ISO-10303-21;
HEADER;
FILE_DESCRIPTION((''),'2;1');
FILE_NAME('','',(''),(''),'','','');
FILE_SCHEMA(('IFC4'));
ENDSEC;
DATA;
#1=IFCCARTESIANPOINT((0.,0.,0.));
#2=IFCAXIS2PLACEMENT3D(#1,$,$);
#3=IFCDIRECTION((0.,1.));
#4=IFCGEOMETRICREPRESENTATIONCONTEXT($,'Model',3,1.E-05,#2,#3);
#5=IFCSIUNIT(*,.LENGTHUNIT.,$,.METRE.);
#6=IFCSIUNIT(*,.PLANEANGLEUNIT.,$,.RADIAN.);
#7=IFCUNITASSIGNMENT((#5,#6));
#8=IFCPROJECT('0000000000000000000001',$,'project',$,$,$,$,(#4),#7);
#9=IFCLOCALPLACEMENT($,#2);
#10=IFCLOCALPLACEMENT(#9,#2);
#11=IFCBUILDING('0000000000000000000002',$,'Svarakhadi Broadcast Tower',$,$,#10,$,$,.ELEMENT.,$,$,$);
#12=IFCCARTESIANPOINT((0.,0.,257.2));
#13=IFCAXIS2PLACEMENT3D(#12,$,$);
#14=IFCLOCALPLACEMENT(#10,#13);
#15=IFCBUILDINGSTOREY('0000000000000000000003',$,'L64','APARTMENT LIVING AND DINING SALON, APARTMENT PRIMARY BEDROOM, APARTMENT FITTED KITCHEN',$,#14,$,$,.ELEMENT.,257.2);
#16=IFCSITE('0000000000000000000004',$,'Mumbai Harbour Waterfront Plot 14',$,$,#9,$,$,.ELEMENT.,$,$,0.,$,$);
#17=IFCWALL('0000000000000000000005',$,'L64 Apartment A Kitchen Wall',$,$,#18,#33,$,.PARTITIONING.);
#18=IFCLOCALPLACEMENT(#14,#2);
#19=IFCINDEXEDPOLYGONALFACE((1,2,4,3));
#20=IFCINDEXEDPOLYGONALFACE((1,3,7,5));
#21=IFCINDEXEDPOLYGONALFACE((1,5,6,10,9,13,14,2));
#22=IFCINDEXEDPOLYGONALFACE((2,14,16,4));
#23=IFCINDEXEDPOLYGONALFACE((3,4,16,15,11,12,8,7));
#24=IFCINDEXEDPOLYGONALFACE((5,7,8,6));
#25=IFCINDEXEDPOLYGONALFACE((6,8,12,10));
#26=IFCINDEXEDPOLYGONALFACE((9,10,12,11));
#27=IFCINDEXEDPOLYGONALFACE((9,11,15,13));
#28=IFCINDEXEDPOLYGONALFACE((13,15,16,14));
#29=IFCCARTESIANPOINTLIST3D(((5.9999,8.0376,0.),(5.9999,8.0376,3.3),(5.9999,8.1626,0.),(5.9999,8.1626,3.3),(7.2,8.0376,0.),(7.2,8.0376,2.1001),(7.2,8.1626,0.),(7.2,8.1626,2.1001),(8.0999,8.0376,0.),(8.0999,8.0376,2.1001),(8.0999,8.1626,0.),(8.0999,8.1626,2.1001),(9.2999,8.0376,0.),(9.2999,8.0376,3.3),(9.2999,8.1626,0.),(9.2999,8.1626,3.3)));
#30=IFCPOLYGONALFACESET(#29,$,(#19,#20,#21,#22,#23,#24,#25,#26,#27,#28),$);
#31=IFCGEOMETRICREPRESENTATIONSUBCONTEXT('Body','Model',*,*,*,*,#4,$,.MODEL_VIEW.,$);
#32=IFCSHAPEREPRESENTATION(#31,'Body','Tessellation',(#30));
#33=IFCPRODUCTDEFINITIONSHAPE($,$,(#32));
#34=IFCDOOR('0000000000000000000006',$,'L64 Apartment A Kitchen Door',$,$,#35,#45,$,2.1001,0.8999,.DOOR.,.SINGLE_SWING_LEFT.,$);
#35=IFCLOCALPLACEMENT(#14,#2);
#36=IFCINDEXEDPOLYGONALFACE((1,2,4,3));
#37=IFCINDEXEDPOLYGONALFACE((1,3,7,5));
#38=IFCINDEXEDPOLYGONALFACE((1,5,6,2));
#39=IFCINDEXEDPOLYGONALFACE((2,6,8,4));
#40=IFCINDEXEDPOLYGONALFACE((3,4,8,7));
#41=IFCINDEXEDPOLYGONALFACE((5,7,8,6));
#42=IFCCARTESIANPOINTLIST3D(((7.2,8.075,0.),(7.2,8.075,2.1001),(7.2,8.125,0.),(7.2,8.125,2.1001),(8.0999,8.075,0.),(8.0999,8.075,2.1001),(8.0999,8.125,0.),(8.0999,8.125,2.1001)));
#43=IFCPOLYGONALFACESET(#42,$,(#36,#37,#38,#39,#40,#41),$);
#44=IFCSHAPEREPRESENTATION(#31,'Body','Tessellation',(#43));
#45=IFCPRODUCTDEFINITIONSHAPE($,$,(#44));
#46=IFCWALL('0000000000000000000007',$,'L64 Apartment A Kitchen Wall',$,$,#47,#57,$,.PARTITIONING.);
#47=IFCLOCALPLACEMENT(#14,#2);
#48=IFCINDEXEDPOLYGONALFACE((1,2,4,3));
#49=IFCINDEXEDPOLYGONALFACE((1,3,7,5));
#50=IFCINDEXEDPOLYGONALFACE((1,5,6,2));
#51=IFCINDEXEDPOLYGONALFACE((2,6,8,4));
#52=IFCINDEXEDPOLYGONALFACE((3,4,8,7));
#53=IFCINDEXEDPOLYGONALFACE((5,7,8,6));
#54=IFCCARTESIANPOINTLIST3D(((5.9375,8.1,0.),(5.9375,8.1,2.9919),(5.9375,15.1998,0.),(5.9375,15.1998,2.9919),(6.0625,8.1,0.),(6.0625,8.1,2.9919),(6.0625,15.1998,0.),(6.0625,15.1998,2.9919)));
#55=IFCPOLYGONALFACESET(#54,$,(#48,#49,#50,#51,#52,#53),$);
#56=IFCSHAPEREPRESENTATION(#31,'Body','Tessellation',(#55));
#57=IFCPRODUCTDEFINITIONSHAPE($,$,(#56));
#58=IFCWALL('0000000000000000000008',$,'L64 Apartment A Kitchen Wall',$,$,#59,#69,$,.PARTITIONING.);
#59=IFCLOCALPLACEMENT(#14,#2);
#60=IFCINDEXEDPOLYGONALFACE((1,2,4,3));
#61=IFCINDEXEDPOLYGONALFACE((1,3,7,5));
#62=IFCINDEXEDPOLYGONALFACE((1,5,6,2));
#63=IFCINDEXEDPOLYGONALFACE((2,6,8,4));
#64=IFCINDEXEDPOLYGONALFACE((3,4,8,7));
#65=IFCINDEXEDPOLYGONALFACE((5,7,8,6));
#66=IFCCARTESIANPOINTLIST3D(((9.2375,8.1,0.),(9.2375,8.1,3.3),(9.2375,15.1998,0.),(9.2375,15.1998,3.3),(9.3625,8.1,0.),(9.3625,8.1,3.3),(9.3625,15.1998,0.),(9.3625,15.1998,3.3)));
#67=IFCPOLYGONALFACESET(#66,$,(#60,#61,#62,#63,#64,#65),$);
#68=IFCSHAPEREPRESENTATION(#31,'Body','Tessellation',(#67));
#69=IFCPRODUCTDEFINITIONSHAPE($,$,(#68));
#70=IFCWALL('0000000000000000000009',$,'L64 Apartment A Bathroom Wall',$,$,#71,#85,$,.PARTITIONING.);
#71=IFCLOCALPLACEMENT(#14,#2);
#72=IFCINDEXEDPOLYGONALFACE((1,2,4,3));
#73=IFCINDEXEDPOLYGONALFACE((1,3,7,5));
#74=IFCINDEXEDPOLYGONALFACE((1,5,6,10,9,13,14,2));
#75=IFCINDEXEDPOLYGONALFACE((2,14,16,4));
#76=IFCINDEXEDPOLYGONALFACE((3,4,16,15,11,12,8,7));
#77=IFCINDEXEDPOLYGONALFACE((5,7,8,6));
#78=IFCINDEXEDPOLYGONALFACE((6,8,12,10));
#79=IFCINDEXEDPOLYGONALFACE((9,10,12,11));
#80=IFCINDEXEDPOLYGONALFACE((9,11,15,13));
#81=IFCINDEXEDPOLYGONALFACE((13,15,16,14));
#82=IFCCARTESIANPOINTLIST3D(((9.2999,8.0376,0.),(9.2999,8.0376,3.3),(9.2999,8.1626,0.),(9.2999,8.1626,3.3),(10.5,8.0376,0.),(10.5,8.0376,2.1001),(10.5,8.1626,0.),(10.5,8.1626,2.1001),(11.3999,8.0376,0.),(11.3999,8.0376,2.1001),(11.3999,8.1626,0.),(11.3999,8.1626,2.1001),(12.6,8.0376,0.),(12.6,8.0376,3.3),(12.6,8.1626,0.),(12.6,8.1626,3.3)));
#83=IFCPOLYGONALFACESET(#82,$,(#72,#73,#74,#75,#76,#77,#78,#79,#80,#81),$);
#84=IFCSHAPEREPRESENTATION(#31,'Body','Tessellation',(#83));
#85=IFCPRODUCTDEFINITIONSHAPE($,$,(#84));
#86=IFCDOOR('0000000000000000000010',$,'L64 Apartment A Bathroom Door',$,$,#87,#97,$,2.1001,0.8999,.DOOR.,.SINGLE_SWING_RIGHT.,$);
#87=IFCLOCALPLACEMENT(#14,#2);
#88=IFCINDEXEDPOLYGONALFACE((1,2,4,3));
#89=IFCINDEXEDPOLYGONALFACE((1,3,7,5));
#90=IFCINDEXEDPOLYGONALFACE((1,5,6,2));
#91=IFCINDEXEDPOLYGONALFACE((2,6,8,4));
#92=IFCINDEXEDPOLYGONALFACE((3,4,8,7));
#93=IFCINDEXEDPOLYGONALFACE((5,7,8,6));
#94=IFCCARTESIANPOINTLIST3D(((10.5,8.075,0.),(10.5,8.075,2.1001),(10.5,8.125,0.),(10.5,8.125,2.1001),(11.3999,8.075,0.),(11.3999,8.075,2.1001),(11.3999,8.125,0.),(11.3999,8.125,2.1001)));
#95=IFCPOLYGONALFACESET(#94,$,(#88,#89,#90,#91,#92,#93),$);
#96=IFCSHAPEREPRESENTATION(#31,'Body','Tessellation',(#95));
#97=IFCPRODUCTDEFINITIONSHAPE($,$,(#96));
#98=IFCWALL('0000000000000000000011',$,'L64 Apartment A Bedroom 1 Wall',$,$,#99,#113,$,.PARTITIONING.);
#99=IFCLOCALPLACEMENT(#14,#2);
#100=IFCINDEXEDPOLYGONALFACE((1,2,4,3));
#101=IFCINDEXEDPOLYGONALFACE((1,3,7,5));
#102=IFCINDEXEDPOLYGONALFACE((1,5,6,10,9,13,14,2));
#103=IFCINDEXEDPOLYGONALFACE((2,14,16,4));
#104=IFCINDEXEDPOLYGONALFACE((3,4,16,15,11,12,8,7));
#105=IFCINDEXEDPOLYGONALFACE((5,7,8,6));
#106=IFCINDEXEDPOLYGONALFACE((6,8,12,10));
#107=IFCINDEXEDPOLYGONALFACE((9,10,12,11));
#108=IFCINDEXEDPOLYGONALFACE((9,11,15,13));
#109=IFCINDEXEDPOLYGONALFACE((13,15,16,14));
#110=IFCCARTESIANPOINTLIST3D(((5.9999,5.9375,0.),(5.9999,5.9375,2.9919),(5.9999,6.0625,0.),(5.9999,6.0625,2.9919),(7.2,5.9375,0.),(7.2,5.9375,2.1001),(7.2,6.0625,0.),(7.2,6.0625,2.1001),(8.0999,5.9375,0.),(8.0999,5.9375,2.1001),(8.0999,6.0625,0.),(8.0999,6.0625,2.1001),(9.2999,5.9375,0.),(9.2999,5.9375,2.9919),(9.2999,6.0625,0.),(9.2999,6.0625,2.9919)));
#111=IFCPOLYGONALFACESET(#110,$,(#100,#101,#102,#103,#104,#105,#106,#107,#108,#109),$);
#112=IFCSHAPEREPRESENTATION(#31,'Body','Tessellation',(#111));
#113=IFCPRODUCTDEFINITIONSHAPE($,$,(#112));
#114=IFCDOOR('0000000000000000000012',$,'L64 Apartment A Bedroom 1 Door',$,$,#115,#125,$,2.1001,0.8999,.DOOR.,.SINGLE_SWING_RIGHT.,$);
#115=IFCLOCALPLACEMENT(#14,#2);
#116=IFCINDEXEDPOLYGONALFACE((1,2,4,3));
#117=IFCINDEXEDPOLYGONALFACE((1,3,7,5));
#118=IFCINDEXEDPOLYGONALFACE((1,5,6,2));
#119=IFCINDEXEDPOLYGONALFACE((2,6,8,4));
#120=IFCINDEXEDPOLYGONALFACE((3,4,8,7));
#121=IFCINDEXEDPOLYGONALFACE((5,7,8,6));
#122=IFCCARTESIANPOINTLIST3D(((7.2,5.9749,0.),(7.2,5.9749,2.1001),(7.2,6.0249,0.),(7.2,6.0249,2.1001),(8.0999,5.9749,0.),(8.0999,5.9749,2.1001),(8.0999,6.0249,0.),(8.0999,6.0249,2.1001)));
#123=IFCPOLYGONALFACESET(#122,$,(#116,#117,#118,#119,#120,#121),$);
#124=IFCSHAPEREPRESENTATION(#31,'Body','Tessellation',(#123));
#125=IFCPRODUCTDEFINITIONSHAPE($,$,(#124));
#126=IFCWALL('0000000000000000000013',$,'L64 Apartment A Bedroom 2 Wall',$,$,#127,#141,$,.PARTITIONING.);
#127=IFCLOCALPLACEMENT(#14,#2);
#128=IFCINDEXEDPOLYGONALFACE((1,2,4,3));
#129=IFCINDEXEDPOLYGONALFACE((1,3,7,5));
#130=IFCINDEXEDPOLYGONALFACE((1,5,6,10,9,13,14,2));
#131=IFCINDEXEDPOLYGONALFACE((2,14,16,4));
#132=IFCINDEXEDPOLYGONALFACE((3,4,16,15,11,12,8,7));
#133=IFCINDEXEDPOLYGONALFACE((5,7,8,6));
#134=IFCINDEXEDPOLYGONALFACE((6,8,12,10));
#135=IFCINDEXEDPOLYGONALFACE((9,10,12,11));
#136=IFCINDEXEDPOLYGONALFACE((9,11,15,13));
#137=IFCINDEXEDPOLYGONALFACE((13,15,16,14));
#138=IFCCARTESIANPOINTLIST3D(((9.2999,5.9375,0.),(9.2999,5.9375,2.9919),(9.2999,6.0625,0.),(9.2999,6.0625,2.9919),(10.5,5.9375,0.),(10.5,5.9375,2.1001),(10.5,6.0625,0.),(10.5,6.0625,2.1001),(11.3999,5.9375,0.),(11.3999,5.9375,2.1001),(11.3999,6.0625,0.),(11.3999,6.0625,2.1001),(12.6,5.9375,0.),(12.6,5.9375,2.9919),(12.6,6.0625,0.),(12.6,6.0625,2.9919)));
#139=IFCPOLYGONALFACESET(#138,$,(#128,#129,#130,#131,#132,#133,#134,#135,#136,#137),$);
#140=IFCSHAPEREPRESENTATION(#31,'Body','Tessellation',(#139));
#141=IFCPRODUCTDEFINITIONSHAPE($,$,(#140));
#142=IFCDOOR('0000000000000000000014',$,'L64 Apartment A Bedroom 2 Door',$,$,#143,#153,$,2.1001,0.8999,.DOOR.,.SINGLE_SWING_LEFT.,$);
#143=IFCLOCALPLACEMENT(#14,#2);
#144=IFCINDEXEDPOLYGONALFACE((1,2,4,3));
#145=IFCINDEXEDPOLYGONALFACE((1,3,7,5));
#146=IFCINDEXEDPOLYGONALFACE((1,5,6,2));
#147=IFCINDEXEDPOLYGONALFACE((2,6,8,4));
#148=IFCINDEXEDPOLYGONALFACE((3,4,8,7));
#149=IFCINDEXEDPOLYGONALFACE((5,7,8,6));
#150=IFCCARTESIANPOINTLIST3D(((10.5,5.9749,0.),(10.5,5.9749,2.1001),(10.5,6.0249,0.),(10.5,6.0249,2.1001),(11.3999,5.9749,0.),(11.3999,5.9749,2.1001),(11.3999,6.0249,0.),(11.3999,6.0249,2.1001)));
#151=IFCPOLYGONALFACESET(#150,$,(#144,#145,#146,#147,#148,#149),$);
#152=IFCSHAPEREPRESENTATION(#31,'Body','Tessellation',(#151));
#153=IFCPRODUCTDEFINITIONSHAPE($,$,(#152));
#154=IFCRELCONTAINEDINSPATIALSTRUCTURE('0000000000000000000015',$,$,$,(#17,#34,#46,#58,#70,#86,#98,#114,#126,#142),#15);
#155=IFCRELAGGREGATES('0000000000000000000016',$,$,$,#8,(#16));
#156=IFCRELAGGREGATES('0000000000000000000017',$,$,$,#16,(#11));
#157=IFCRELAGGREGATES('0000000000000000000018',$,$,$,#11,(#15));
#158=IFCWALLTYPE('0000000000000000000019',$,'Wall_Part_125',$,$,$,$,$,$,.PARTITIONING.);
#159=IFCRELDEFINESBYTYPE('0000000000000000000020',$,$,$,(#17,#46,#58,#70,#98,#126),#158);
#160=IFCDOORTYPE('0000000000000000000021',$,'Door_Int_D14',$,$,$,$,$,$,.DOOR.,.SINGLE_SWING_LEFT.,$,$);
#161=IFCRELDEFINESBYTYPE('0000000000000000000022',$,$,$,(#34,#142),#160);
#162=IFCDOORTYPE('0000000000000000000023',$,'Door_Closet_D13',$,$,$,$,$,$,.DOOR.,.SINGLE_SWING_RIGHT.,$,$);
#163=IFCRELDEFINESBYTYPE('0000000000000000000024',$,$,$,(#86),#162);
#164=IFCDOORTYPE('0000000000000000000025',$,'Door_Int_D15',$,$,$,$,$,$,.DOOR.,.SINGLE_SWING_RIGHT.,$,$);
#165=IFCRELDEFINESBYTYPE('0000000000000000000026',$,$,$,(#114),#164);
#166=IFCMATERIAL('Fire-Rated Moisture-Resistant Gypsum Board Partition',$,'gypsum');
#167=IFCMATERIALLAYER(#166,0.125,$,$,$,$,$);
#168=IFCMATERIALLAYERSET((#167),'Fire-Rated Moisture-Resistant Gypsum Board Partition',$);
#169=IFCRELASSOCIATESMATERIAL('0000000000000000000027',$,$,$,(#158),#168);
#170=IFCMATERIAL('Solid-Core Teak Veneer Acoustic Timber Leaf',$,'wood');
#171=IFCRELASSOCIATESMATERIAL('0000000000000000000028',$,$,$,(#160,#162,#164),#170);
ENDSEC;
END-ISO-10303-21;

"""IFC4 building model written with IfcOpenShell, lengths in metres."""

from ifc_helpers import new_model, si_unit, direction, frame, frame_2d, origin, place, context, subcontext, project, spatial, rectangle, extrude, material, layer, layer_set, type_object, element, fill, save


model = new_model("IFC4")

# Units and contexts
model_context = context("Model", 3, precision=1e-05, world=origin(), true_north=direction((0.0, 1.0)))
body_context = subcontext(model_context, "Body", "Model", "MODEL_VIEW")
ifc_project = project(units=[si_unit("LENGTHUNIT", "METRE"), si_unit("PLANEANGLEUNIT", "RADIAN")], contexts=[model_context])

# Site, building, storey
site_placement = place(None, origin())
site = spatial("IfcSite", under=ifc_project, at=site_placement, Name="Mumbai Harbour Waterfront Plot 14", CompositionType="ELEMENT", RefElevation=0.0)
building_placement = place(site_placement, origin())
building = spatial("IfcBuilding", under=site, at=building_placement, Name="Svarakhadi Broadcast Tower", CompositionType="ELEMENT")
storey_placement = place(building_placement, frame((0.0, 0.0, 257.2)))
storey = spatial("IfcBuildingStorey", under=building, at=storey_placement, Name="L64", Description="APARTMENT LIVING AND DINING SALON, APARTMENT PRIMARY BEDROOM, APARTMENT FITTED KITCHEN", CompositionType="ELEMENT", Elevation=257.2)

# Wall, opening, door
ifc_material_1 = material(Name="Fire-Rated Moisture-Resistant Gypsum Board Partition", Category="gypsum")
ifc_layer_1 = layer(ifc_material_1, 0.125)
ifc_layer_set_1 = layer_set([ifc_layer_1], Name="Fire-Rated Moisture-Resistant Gypsum Board Partition")
wall_type_1 = type_object("IfcWallType", Name="Wall_Part_125", PredefinedType="PARTITIONING", material=ifc_layer_set_1)
wall_1_placement = place(storey_placement, frame((6.0, 8.1001, 0.0), z_axis=(0.0, 0.0, 1.0), x_axis=(1.0, 0.0, 0.0)))
wall_1 = element("IfcWall", 1, at=wall_1_placement, inside=storey, type_object=wall_type_1, Name="L64 Apartment A Kitchen Wall", PredefinedType="PARTITIONING", context=body_context, shape_type="SweptSolid", body=[
    extrude(rectangle(XDim=3.3, YDim=0.125, at=frame_2d((1.6499, 0.0))), origin(), (0.0, 0.0, 1.0), 3.3),
])
opening_1_placement = place(wall_1_placement, frame((1.2, 0.0, 0.0)))
opening_1 = element("IfcOpeningElement", 2, at=opening_1_placement, cuts=wall_1, PredefinedType="OPENING", context=body_context, shape_type="SweptSolid", body=[
    extrude(rectangle(XDim=0.8999, YDim=2.1001, at=frame_2d((0.45, 1.05))), frame((0.0, 0.0725, 0.0), z_axis=(0.0, -1.0, 0.0), x_axis=(1.0, 0.0, 0.0)), (0.0, 0.0, 1.0), 0.145),
])
ifc_material_2 = material(Name="Solid-Core Teak Veneer Acoustic Timber Leaf", Category="wood")
door_type_1 = type_object("IfcDoorType", Name="Door_Int_D14", OperationType="SINGLE_SWING_LEFT", PredefinedType="DOOR", material=ifc_material_2)
door_1_placement = place(opening_1_placement, origin())
door_1 = element("IfcDoor", 3, at=door_1_placement, inside=storey, type_object=door_type_1, Name="L64 Apartment A Kitchen Door", OperationType="SINGLE_SWING_LEFT", OverallHeight=2.1001, OverallWidth=0.8999, PredefinedType="DOOR", context=body_context, shape_type="SweptSolid", body=[
    extrude(rectangle(XDim=0.8999, YDim=2.1001, at=frame_2d((0.45, 1.05))), frame((0.0, 0.0249, 0.0), z_axis=(0.0, -1.0, 0.0), x_axis=(1.0, 0.0, 0.0)), (0.0, 0.0, 1.0), 0.05),
])
fill(opening_1, door_1)

# Walls
wall_2_placement = place(storey_placement, frame((6.0, 8.1001, 0.0), z_axis=(0.0, 0.0, 1.0), x_axis=(0.0, 1.0, 0.0)))
element("IfcWall", 4, at=wall_2_placement, inside=storey, type_object=wall_type_1, Name="L64 Apartment A Kitchen Wall", PredefinedType="PARTITIONING", context=body_context, shape_type="SweptSolid", body=[
    extrude(rectangle(XDim=7.0999, YDim=0.125, at=frame_2d((3.5498, 0.0))), origin(), (0.0, 0.0, 1.0), 2.9919),
])
wall_3_placement = place(storey_placement, frame((9.3, 8.1001, 0.0), z_axis=(0.0, 0.0, 1.0), x_axis=(0.0, 1.0, 0.0)))
element("IfcWall", 5, at=wall_3_placement, inside=storey, type_object=wall_type_1, Name="L64 Apartment A Kitchen Wall", PredefinedType="PARTITIONING", context=body_context, shape_type="SweptSolid", body=[
    extrude(rectangle(XDim=7.0999, YDim=0.125, at=frame_2d((3.5498, 0.0))), origin(), (0.0, 0.0, 1.0), 3.3),
])

# Walls, openings, doors
wall_4_placement = place(storey_placement, frame((9.3, 8.1001, 0.0), z_axis=(0.0, 0.0, 1.0), x_axis=(1.0, 0.0, 0.0)))
wall_4 = element("IfcWall", 6, at=wall_4_placement, inside=storey, type_object=wall_type_1, Name="L64 Apartment A Bathroom Wall", PredefinedType="PARTITIONING", context=body_context, shape_type="SweptSolid", body=[
    extrude(rectangle(XDim=3.3, YDim=0.125, at=frame_2d((1.6499, 0.0))), origin(), (0.0, 0.0, 1.0), 3.3),
])
opening_2_placement = place(wall_4_placement, frame((1.2, 0.0, 0.0)))
opening_2 = element("IfcOpeningElement", 7, at=opening_2_placement, cuts=wall_4, PredefinedType="OPENING", context=body_context, shape_type="SweptSolid", body=[
    extrude(rectangle(XDim=0.8999, YDim=2.1001, at=frame_2d((0.45, 1.05))), frame((0.0, 0.0725, 0.0), z_axis=(0.0, -1.0, 0.0), x_axis=(1.0, 0.0, 0.0)), (0.0, 0.0, 1.0), 0.145),
])
door_type_2 = type_object("IfcDoorType", Name="Door_Closet_D13", OperationType="SINGLE_SWING_RIGHT", PredefinedType="DOOR", material=ifc_material_2)
door_2_placement = place(opening_2_placement, origin())
door_2 = element("IfcDoor", 8, at=door_2_placement, inside=storey, type_object=door_type_2, Name="L64 Apartment A Bathroom Door", OperationType="SINGLE_SWING_RIGHT", OverallHeight=2.1001, OverallWidth=0.8999, PredefinedType="DOOR", context=body_context, shape_type="SweptSolid", body=[
    extrude(rectangle(XDim=0.8999, YDim=2.1001, at=frame_2d((0.45, 1.05))), frame((0.0, 0.0249, 0.0), z_axis=(0.0, -1.0, 0.0), x_axis=(1.0, 0.0, 0.0)), (0.0, 0.0, 1.0), 0.05),
])
fill(opening_2, door_2)
wall_5_placement = place(storey_placement, frame((6.0, 6.0, 0.0), z_axis=(0.0, 0.0, 1.0), x_axis=(1.0, 0.0, 0.0)))
wall_5 = element("IfcWall", 9, at=wall_5_placement, inside=storey, type_object=wall_type_1, Name="L64 Apartment A Bedroom 1 Wall", PredefinedType="PARTITIONING", context=body_context, shape_type="SweptSolid", body=[
    extrude(rectangle(XDim=3.3, YDim=0.125, at=frame_2d((1.6499, 0.0))), origin(), (0.0, 0.0, 1.0), 2.9919),
])
opening_3_placement = place(wall_5_placement, frame((1.2, 0.0, 0.0)))
opening_3 = element("IfcOpeningElement", 10, at=opening_3_placement, cuts=wall_5, PredefinedType="OPENING", context=body_context, shape_type="SweptSolid", body=[
    extrude(rectangle(XDim=0.8999, YDim=2.1001, at=frame_2d((0.45, 1.05))), frame((0.0, 0.0725, 0.0), z_axis=(0.0, -1.0, 0.0), x_axis=(1.0, 0.0, 0.0)), (0.0, 0.0, 1.0), 0.145),
])
door_type_3 = type_object("IfcDoorType", Name="Door_Int_D15", OperationType="SINGLE_SWING_RIGHT", PredefinedType="DOOR", material=ifc_material_2)
door_3_placement = place(opening_3_placement, origin())
door_3 = element("IfcDoor", 11, at=door_3_placement, inside=storey, type_object=door_type_3, Name="L64 Apartment A Bedroom 1 Door", OperationType="SINGLE_SWING_RIGHT", OverallHeight=2.1001, OverallWidth=0.8999, PredefinedType="DOOR", context=body_context, shape_type="SweptSolid", body=[
    extrude(rectangle(XDim=0.8999, YDim=2.1001, at=frame_2d((0.45, 1.05))), frame((0.0, 0.0249, 0.0), z_axis=(0.0, -1.0, 0.0), x_axis=(1.0, 0.0, 0.0)), (0.0, 0.0, 1.0), 0.05),
])
fill(opening_3, door_3)
wall_6_placement = place(storey_placement, frame((9.3, 6.0, 0.0), z_axis=(0.0, 0.0, 1.0), x_axis=(1.0, 0.0, 0.0)))
wall_6 = element("IfcWall", 12, at=wall_6_placement, inside=storey, type_object=wall_type_1, Name="L64 Apartment A Bedroom 2 Wall", PredefinedType="PARTITIONING", context=body_context, shape_type="SweptSolid", body=[
    extrude(rectangle(XDim=3.3, YDim=0.125, at=frame_2d((1.6499, 0.0))), origin(), (0.0, 0.0, 1.0), 2.9919),
])
opening_4_placement = place(wall_6_placement, frame((1.2, 0.0, 0.0)))
opening_4 = element("IfcOpeningElement", 13, at=opening_4_placement, cuts=wall_6, PredefinedType="OPENING", context=body_context, shape_type="SweptSolid", body=[
    extrude(rectangle(XDim=0.8999, YDim=2.1001, at=frame_2d((0.45, 1.05))), frame((0.0, 0.0725, 0.0), z_axis=(0.0, -1.0, 0.0), x_axis=(1.0, 0.0, 0.0)), (0.0, 0.0, 1.0), 0.145),
])
door_4_placement = place(opening_4_placement, origin())
door_4 = element("IfcDoor", 14, at=door_4_placement, inside=storey, type_object=door_type_1, Name="L64 Apartment A Bedroom 2 Door", OperationType="SINGLE_SWING_LEFT", OverallHeight=2.1001, OverallWidth=0.8999, PredefinedType="DOOR", context=body_context, shape_type="SweptSolid", body=[
    extrude(rectangle(XDim=0.8999, YDim=2.1001, at=frame_2d((0.45, 1.05))), frame((0.0, 0.0249, 0.0), z_axis=(0.0, -1.0, 0.0), x_axis=(1.0, 0.0, 0.0)), (0.0, 0.0, 1.0), 0.05),
])
fill(opening_4, door_4)

save(model, "model.ifc")
